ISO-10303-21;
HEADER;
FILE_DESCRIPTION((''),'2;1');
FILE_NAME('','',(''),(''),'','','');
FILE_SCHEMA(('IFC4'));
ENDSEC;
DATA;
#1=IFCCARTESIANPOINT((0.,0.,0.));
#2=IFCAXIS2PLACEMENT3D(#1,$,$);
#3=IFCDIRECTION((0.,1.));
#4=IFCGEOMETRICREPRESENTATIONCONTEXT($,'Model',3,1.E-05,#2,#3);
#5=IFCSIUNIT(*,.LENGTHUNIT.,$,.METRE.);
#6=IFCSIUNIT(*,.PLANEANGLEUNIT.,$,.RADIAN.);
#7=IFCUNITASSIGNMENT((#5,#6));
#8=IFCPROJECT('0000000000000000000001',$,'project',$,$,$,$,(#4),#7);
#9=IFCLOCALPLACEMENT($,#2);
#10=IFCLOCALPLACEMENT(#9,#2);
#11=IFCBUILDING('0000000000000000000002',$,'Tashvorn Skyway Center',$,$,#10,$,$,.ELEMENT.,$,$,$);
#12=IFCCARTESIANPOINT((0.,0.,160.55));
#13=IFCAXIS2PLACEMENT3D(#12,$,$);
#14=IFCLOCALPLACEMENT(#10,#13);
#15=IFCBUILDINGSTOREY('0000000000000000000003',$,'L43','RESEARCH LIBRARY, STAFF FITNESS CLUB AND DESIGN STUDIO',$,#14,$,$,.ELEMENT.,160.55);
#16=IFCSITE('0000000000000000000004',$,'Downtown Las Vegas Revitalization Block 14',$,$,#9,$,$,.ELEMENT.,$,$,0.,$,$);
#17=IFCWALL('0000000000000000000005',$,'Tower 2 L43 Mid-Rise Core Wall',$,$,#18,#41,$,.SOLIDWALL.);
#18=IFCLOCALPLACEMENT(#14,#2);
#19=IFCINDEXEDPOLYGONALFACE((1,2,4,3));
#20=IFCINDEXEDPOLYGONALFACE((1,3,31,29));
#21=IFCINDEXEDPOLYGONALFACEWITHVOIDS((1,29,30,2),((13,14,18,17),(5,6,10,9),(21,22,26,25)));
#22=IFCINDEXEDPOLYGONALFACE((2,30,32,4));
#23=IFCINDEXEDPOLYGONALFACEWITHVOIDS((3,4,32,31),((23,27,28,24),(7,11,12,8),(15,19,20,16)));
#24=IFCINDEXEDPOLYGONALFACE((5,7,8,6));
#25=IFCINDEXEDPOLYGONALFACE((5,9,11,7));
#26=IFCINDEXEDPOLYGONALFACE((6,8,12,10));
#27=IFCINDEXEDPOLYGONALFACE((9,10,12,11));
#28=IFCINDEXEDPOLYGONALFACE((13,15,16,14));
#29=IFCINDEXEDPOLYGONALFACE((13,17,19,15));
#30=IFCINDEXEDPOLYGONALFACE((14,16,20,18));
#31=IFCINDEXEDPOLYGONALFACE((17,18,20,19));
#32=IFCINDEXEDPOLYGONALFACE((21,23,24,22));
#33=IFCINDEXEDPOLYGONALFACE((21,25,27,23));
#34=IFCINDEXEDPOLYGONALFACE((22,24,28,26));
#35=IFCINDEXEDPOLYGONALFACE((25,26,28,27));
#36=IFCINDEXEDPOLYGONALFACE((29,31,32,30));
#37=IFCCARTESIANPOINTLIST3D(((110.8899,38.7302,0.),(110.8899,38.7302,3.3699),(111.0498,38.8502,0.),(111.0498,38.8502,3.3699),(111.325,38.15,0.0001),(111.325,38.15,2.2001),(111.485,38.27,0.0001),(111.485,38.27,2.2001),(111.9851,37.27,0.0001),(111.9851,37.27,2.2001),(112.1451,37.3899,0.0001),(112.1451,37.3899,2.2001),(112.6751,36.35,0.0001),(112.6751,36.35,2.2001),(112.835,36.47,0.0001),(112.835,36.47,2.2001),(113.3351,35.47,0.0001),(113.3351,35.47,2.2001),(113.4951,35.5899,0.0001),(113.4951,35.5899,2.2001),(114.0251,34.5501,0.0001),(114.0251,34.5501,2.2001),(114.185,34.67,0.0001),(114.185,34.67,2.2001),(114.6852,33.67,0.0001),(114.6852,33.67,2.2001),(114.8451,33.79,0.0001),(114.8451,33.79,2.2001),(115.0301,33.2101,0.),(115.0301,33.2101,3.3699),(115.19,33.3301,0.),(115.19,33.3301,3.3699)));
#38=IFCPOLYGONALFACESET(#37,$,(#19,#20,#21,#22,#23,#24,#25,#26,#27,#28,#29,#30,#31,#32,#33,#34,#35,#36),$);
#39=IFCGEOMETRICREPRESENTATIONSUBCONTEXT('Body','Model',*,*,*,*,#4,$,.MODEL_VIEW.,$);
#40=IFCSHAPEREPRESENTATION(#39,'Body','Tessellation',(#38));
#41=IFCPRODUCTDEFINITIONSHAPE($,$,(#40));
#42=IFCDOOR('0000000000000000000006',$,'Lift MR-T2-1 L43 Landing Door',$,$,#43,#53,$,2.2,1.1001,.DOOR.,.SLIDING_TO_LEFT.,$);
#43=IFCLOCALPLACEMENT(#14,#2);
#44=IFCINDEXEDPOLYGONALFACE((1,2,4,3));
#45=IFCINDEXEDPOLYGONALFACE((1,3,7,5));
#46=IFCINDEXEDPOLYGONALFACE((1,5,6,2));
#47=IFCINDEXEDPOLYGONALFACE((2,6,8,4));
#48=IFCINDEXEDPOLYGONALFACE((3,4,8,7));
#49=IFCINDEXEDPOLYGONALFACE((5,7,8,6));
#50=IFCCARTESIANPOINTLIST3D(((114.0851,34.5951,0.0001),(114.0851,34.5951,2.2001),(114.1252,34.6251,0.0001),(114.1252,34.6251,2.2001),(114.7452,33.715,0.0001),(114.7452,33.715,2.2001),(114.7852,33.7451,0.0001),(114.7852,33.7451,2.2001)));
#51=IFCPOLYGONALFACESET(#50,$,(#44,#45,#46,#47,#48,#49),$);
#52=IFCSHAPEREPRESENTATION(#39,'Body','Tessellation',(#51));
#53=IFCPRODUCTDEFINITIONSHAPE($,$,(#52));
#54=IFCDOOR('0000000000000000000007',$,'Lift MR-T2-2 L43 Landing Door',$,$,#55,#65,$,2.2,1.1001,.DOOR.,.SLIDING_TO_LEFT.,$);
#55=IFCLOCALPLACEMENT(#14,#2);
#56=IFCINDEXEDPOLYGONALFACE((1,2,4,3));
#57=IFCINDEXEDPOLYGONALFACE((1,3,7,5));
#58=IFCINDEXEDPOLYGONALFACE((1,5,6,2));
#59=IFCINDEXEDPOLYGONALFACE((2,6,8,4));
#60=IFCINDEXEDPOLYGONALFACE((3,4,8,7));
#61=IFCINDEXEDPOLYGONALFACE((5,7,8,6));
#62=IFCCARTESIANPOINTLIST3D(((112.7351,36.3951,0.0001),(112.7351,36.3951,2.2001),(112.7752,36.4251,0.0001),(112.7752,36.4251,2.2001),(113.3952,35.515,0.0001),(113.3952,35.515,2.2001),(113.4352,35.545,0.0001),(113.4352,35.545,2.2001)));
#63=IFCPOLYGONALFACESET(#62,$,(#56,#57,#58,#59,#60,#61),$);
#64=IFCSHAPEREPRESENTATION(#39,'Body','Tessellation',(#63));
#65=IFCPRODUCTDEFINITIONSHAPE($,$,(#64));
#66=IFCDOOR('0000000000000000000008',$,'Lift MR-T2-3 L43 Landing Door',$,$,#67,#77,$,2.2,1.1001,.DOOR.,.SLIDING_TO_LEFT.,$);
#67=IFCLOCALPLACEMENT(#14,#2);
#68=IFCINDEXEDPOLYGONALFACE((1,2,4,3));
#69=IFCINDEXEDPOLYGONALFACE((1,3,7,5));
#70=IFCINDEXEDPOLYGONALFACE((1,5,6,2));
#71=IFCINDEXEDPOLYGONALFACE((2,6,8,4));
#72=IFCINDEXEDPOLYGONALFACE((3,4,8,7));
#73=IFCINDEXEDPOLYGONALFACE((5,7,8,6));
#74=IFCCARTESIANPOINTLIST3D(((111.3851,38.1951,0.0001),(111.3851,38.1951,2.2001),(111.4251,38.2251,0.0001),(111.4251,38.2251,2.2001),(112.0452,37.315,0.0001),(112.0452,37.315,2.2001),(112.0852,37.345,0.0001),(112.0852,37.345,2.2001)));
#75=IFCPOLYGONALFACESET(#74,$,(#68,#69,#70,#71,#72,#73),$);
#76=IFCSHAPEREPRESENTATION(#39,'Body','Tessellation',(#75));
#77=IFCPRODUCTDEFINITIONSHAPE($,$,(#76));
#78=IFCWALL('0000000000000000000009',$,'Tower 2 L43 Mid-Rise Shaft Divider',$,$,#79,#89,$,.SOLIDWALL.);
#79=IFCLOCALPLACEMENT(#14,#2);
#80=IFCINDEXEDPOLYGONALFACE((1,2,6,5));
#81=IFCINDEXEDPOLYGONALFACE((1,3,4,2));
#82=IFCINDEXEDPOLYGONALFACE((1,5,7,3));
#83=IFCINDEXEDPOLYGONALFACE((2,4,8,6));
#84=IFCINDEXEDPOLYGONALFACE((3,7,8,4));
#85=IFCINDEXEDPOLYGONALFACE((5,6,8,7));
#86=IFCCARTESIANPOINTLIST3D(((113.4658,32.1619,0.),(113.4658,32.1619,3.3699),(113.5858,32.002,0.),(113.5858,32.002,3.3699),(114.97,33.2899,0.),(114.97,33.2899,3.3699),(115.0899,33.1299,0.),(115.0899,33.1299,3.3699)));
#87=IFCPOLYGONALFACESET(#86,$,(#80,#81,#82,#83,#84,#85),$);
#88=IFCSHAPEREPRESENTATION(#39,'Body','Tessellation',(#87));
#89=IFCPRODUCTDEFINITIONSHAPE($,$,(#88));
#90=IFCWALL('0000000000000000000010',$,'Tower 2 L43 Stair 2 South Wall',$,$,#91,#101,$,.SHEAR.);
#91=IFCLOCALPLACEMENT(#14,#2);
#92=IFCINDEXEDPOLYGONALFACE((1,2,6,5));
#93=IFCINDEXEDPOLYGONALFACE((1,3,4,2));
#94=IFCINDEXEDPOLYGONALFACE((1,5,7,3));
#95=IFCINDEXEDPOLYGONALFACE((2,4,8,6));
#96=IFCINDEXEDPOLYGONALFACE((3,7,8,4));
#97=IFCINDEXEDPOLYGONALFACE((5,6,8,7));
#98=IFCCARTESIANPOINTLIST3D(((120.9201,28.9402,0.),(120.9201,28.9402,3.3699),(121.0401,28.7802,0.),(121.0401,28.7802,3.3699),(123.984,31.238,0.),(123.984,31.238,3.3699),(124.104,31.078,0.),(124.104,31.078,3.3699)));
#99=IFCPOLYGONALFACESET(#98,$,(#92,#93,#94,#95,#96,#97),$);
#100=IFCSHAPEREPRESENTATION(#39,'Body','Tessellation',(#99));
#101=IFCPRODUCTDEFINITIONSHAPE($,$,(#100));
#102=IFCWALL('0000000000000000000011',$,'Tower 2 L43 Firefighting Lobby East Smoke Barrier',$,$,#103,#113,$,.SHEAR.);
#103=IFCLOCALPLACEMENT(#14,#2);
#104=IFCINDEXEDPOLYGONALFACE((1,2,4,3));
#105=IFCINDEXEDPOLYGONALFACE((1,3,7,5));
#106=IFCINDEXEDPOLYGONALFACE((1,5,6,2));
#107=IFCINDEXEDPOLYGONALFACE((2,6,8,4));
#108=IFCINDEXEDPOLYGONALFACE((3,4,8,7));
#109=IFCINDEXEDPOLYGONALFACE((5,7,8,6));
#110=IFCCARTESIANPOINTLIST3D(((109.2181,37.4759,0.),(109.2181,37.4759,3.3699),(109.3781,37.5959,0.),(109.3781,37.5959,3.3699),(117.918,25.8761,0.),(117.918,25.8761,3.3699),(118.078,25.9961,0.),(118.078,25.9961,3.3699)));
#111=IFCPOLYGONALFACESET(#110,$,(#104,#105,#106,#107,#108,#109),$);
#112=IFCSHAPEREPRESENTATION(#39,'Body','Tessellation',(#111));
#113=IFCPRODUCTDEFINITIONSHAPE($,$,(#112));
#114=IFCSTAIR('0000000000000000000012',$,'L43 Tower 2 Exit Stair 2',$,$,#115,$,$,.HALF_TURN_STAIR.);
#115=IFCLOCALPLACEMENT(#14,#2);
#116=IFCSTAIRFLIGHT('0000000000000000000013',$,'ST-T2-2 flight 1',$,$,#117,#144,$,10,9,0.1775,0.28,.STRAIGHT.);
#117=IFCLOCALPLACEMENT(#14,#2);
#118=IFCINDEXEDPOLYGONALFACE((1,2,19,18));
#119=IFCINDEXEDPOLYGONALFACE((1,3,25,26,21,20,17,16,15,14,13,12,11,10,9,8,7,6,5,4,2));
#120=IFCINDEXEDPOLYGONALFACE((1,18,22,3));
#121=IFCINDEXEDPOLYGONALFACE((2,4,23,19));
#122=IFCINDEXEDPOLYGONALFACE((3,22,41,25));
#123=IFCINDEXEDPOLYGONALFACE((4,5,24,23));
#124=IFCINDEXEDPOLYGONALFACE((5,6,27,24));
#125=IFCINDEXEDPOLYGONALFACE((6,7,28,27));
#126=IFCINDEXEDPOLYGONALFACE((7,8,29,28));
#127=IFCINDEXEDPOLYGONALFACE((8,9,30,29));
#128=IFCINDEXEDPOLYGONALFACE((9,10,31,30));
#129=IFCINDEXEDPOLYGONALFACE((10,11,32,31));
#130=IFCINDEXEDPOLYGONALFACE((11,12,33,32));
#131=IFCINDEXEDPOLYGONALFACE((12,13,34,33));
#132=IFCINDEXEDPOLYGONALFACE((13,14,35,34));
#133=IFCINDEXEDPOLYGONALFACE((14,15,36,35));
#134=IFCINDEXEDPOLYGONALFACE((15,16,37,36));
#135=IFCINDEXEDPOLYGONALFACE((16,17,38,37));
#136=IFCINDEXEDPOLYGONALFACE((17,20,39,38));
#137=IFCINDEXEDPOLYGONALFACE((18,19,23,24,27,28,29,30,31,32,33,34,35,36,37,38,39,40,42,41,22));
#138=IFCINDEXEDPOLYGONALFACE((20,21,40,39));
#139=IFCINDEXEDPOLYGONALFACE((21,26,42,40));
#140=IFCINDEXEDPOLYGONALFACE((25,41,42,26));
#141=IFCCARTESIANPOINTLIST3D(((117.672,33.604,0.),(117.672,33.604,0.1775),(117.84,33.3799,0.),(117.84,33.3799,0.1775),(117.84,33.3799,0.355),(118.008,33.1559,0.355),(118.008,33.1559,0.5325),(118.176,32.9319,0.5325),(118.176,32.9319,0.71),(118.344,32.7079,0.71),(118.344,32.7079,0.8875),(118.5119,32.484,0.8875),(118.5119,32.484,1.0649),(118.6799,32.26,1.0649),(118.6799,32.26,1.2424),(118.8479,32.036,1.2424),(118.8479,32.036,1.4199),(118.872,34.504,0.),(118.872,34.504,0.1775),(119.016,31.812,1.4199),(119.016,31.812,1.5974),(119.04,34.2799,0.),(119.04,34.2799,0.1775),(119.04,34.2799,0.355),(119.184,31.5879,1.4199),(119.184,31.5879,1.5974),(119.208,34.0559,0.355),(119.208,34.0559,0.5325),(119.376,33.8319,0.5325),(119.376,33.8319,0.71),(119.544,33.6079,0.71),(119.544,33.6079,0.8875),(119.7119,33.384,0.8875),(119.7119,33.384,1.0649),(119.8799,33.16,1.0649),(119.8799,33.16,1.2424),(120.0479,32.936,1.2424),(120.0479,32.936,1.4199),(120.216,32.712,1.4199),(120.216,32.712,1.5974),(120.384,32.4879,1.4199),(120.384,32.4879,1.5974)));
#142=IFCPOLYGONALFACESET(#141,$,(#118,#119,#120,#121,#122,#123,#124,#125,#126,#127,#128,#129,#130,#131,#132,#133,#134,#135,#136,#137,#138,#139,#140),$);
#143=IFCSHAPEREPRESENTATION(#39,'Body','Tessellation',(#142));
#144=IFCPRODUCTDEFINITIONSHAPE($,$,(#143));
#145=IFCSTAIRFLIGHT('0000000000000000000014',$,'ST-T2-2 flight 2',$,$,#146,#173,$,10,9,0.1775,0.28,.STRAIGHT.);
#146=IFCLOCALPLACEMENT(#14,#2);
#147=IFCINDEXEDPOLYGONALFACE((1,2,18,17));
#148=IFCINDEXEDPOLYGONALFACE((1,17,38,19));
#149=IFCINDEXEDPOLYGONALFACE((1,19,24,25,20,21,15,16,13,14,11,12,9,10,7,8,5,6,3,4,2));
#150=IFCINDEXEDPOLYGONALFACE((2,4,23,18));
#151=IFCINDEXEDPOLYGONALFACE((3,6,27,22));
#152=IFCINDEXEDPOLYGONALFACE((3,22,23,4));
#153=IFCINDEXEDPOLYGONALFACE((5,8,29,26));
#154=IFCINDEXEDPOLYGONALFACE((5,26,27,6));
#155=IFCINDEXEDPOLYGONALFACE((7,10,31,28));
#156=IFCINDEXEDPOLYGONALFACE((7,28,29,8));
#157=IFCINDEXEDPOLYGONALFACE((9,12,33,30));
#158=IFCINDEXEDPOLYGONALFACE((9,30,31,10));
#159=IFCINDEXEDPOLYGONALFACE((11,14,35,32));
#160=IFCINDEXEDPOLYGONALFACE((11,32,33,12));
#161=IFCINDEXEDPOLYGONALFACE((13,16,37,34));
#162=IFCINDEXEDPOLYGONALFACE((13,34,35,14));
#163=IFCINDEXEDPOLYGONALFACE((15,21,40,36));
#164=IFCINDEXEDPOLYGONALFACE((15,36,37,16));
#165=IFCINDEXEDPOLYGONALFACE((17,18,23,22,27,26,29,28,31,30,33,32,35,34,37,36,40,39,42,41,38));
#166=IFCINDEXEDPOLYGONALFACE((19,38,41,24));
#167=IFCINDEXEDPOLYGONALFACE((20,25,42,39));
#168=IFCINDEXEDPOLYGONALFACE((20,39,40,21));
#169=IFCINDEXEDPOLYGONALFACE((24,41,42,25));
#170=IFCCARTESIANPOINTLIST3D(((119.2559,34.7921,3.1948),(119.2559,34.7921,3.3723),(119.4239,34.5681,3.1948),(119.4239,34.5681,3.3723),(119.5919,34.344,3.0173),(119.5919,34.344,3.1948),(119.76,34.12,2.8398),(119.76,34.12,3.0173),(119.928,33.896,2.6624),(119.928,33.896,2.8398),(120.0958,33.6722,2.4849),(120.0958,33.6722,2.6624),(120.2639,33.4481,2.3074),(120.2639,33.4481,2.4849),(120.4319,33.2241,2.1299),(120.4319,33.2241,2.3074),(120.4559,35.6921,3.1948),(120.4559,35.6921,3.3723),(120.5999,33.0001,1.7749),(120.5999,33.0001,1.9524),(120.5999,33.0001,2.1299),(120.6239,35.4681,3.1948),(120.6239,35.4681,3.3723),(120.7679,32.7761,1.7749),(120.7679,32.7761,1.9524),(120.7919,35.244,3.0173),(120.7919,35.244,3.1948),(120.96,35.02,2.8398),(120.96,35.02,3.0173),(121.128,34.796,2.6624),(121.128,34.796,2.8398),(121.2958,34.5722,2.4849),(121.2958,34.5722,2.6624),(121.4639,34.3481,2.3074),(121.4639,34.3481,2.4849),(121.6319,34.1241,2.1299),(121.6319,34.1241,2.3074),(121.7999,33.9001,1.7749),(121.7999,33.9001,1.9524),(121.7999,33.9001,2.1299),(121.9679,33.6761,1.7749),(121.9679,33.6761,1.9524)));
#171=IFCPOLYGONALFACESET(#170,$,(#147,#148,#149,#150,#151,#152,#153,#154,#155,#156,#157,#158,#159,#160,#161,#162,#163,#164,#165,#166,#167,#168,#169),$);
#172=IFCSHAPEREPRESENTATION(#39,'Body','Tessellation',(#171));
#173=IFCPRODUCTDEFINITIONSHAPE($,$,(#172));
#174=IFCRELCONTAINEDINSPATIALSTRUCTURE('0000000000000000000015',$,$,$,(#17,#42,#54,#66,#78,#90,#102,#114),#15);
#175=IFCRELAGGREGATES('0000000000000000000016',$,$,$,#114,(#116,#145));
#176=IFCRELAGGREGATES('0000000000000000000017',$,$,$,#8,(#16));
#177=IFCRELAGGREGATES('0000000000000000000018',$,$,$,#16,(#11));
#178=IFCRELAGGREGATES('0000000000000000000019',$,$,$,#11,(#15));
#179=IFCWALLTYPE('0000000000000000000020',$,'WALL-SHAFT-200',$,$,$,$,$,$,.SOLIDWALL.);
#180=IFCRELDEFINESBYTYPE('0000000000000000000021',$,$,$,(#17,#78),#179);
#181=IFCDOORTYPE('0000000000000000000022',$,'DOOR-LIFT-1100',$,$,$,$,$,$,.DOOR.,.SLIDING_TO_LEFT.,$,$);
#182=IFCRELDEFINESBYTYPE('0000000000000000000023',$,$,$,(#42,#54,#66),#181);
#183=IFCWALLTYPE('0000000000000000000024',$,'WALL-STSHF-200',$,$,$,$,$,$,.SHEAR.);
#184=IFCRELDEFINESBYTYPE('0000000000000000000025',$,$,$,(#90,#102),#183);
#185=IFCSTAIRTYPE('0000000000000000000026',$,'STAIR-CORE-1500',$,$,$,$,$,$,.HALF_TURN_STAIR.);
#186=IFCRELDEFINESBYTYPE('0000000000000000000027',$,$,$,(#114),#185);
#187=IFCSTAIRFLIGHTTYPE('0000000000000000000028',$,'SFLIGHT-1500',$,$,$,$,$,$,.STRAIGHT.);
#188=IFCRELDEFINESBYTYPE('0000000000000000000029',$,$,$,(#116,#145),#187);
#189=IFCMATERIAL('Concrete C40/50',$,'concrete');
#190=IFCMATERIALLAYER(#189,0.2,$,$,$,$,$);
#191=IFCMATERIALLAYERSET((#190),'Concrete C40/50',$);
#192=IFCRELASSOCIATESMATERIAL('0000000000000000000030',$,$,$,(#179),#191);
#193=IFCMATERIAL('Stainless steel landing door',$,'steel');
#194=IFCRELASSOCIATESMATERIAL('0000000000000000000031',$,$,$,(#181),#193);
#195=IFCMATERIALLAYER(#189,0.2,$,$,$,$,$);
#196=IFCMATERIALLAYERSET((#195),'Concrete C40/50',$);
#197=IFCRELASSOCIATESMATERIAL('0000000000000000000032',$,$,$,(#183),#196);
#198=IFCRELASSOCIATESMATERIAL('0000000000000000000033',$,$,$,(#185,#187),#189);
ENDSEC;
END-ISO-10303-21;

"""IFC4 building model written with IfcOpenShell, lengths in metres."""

from ifc_helpers import new_model, si_unit, direction, frame, frame_2d, origin, place, context, subcontext, project, spatial, polyline, rectangle, outline, extrude, material, layer, layer_set, type_object, element, fill, aggregate, save


model = new_model("IFC4")

# Units and contexts
model_context = context("Model", 3, precision=1e-05, world=origin(), true_north=direction((0.0, 1.0)))
body_context = subcontext(model_context, "Body", "Model", "MODEL_VIEW")
ifc_project = project(units=[si_unit("LENGTHUNIT", "METRE"), si_unit("PLANEANGLEUNIT", "RADIAN")], contexts=[model_context])

# Site, building, storey
site_placement = place(None, origin())
site = spatial("IfcSite", under=ifc_project, at=site_placement, Name="Downtown Las Vegas Revitalization Block 14", CompositionType="ELEMENT", RefElevation=0.0)
building_placement = place(site_placement, origin())
building = spatial("IfcBuilding", under=site, at=building_placement, Name="Tashvorn Skyway Center", CompositionType="ELEMENT")
storey_placement = place(building_placement, frame((0.0, 0.0, 160.55)))
storey = spatial("IfcBuildingStorey", under=building, at=storey_placement, Name="L43", Description="RESEARCH LIBRARY, STAFF FITNESS CLUB AND DESIGN STUDIO", CompositionType="ELEMENT", Elevation=160.55)

# Shared definitions
ifc_material_1 = material(Name="Concrete C40/50", Category="concrete")

# Wall, openings, doors
ifc_layer_1 = layer(ifc_material_1, 0.2)
ifc_layer_set_1 = layer_set([ifc_layer_1], Name="Concrete C40/50")
wall_type_1 = type_object("IfcWallType", Name="WALL-SHAFT-200", PredefinedType="SOLIDWALL", material=ifc_layer_set_1)
wall_1_placement = place(storey_placement, frame((115.1101, 33.27, 0.0), z_axis=(0.0, 0.0, 1.0), x_axis=(-0.600011, 0.799992, 0.0)))
wall_1 = element("IfcWall", 1, at=wall_1_placement, inside=storey, type_object=wall_type_1, Name="Tower 2 L43 Mid-Rise Core Wall", PredefinedType="SOLIDWALL", context=body_context, shape_type="SweptSolid", body=[
    extrude(rectangle(XDim=6.9001, YDim=0.2, at=frame_2d((3.4502, 0.0))), origin(), (0.0, 0.0, 1.0), 3.3699),
])
opening_1_placement = place(wall_1_placement, frame((0.575, 0.0, 0.0)))
opening_1 = element("IfcOpeningElement", 2, at=opening_1_placement, cuts=wall_1, PredefinedType="OPENING", context=body_context, shape_type="SweptSolid", body=[
    extrude(rectangle(XDim=1.1001, YDim=2.2, at=frame_2d((0.55, 1.1001))), frame((0.0, 0.1099, 0.0), z_axis=(0.0, -1.0, 0.0), x_axis=(1.0, 0.0, 0.0)), (0.0, 0.0, 1.0), 0.22),
])
opening_2_placement = place(wall_1_placement, frame((2.825, 0.0, 0.0)))
opening_2 = element("IfcOpeningElement", 3, at=opening_2_placement, cuts=wall_1, PredefinedType="OPENING", context=body_context, shape_type="SweptSolid", body=[
    extrude(rectangle(XDim=1.1001, YDim=2.2, at=frame_2d((0.55, 1.1001))), frame((0.0, 0.1099, 0.0), z_axis=(0.0, -1.0, 0.0), x_axis=(1.0, 0.0, 0.0)), (0.0, 0.0, 1.0), 0.22),
])
opening_3_placement = place(wall_1_placement, frame((5.075, 0.0, 0.0)))
opening_3 = element("IfcOpeningElement", 4, at=opening_3_placement, cuts=wall_1, PredefinedType="OPENING", context=body_context, shape_type="SweptSolid", body=[
    extrude(rectangle(XDim=1.1001, YDim=2.2, at=frame_2d((0.55, 1.1001))), frame((0.0, 0.1099, 0.0), z_axis=(0.0, -1.0, 0.0), x_axis=(1.0, 0.0, 0.0)), (0.0, 0.0, 1.0), 0.22),
])
ifc_material_2 = material(Name="Stainless steel landing door", Category="steel")
door_type_1 = type_object("IfcDoorType", Name="DOOR-LIFT-1100", OperationType="SLIDING_TO_LEFT", PredefinedType="DOOR", material=ifc_material_2)
door_1_placement = place(opening_1_placement, origin())
door_1 = element("IfcDoor", 5, at=door_1_placement, inside=storey, type_object=door_type_1, Name="Lift MR-T2-1 L43 Landing Door", OperationType="SLIDING_TO_LEFT", OverallHeight=2.2, OverallWidth=1.1001, PredefinedType="DOOR", context=body_context, shape_type="SweptSolid", body=[
    extrude(rectangle(XDim=1.1001, YDim=2.2, at=frame_2d((0.55, 1.1001))), frame((0.0, 0.0249, 0.0), z_axis=(0.0, -1.0, 0.0), x_axis=(1.0, 0.0, 0.0)), (0.0, 0.0, 1.0), 0.05),
])
fill(opening_1, door_1)
door_2_placement = place(opening_2_placement, origin())
door_2 = element("IfcDoor", 6, at=door_2_placement, inside=storey, type_object=door_type_1, Name="Lift MR-T2-2 L43 Landing Door", OperationType="SLIDING_TO_LEFT", OverallHeight=2.2, OverallWidth=1.1001, PredefinedType="DOOR", context=body_context, shape_type="SweptSolid", body=[
    extrude(rectangle(XDim=1.1001, YDim=2.2, at=frame_2d((0.55, 1.1001))), frame((0.0, 0.0249, 0.0), z_axis=(0.0, -1.0, 0.0), x_axis=(1.0, 0.0, 0.0)), (0.0, 0.0, 1.0), 0.05),
])
fill(opening_2, door_2)
door_3_placement = place(opening_3_placement, origin())
door_3 = element("IfcDoor", 7, at=door_3_placement, inside=storey, type_object=door_type_1, Name="Lift MR-T2-3 L43 Landing Door", OperationType="SLIDING_TO_LEFT", OverallHeight=2.2, OverallWidth=1.1001, PredefinedType="DOOR", context=body_context, shape_type="SweptSolid", body=[
    extrude(rectangle(XDim=1.1001, YDim=2.2, at=frame_2d((0.55, 1.1001))), frame((0.0, 0.0249, 0.0), z_axis=(0.0, -1.0, 0.0), x_axis=(1.0, 0.0, 0.0)), (0.0, 0.0, 1.0), 0.05),
])
fill(opening_3, door_3)

# Walls
wall_2_placement = place(storey_placement, frame((113.5259, 32.082, 0.0), z_axis=(0.0, 0.0, 1.0), x_axis=(0.800047, 0.599938, 0.0)))
element("IfcWall", 8, at=wall_2_placement, inside=storey, type_object=wall_type_1, Name="Tower 2 L43 Mid-Rise Shaft Divider", PredefinedType="SOLIDWALL", context=body_context, shape_type="SweptSolid", body=[
    extrude(rectangle(XDim=1.8801, YDim=0.2, at=frame_2d((0.9399, 0.0))), origin(), (0.0, 0.0, 1.0), 3.3699),
])
ifc_layer_2 = layer(ifc_material_1, 0.2)
ifc_layer_set_2 = layer_set([ifc_layer_2], Name="Concrete C40/50")
wall_type_2 = type_object("IfcWallType", Name="WALL-STSHF-200", PredefinedType="SHEAR", material=ifc_layer_set_2)
wall_3_placement = place(storey_placement, frame((120.98, 28.8601, 0.0), z_axis=(0.0, 0.0, 1.0), x_axis=(0.800015, 0.59998, 0.0)))
element("IfcWall", 9, at=wall_3_placement, inside=storey, type_object=wall_type_2, Name="Tower 2 L43 Stair 2 South Wall", PredefinedType="SHEAR", context=body_context, shape_type="SweptSolid", body=[
    extrude(rectangle(XDim=3.8298, YDim=0.2, at=frame_2d((1.915, 0.0))), origin(), (0.0, 0.0, 1.0), 3.3699),
])
wall_4_placement = place(storey_placement, frame((117.998, 25.936, 0.0), z_axis=(0.0, 0.0, 1.0), x_axis=(-0.600003, 0.799998, 0.0)))
element("IfcWall", 10, at=wall_4_placement, inside=storey, type_object=wall_type_2, Name="Tower 2 L43 Firefighting Lobby East Smoke Barrier", PredefinedType="SHEAR", context=body_context, shape_type="SweptSolid", body=[
    extrude(rectangle(XDim=14.4998, YDim=0.2, at=frame_2d((7.25, 0.0))), origin(), (0.0, 0.0, 1.0), 3.3699),
])

# Stair, stair flights
stair_type = type_object("IfcStairType", Name="STAIR-CORE-1500", PredefinedType="HALF_TURN_STAIR", material=ifc_material_1)
stair_placement = place(storey_placement, origin())
stair = element("IfcStair", 11, at=stair_placement, inside=storey, type_object=stair_type, Name="L43 Tower 2 Exit Stair 2", PredefinedType="HALF_TURN_STAIR")
stair_flight_type = type_object("IfcStairFlightType", Name="SFLIGHT-1500", PredefinedType="STRAIGHT", material=ifc_material_1)
stair_flight_1_placement = place(storey_placement, frame((118.272, 34.054, 0.0), z_axis=(0.0, 0.0, 1.0), x_axis=(0.6, -0.8, 0.0)))
stair_flight_1 = element("IfcStairFlight", 12, at=stair_flight_1_placement, type_object=stair_flight_type, Name="ST-T2-2 flight 1", NumberOfRisers=10, NumberOfTreads=9, PredefinedType="STRAIGHT", RiserHeight=0.1775, TreadLength=0.28, context=body_context, shape_type="SweptSolid", body=[
    extrude(outline(polyline([(0.0, 0.0), (0.0, 0.1775), (0.28, 0.1775), (0.28, 0.355), (0.5601, 0.355), (0.5601, 0.5325), (0.8401, 0.5325), (0.8401, 0.71), (1.1201, 0.71), (1.1201, 0.8875), (1.3999, 0.8875), (1.3999, 1.0649), (1.6799, 1.0649), (1.6799, 1.2424), (1.96, 1.2424), (1.96, 1.4199), (2.24, 1.4199), (2.24, 1.5974), (2.52, 1.5974), (2.52, 1.7749), (2.52, 1.4199), (0.28, 0.0), (0.0, 0.0)])), frame((0.0, 0.75, 0.0), z_axis=(0.0, -1.0, 0.0), x_axis=(1.0, 0.0, 0.0)), (0.0, 0.0, 1.0), 1.5),
])
stair_flight_2_placement = place(storey_placement, frame((121.3679, 33.2261, 1.7749), z_axis=(0.0, 0.0, 1.0), x_axis=(-0.6, 0.8, 0.0)))
stair_flight_2 = element("IfcStairFlight", 13, at=stair_flight_2_placement, type_object=stair_flight_type, Name="ST-T2-2 flight 2", NumberOfRisers=10, NumberOfTreads=9, PredefinedType="STRAIGHT", RiserHeight=0.1775, TreadLength=0.28, context=body_context, shape_type="SweptSolid", body=[
    extrude(outline(polyline([(0.0, 0.0), (0.0, 0.1775), (0.28, 0.1775), (0.28, 0.355), (0.5601, 0.355), (0.5601, 0.5325), (0.8401, 0.5325), (0.8401, 0.71), (1.1201, 0.71), (1.1201, 0.8875), (1.3999, 0.8875), (1.3999, 1.0649), (1.6799, 1.0649), (1.6799, 1.2424), (1.96, 1.2424), (1.96, 1.4199), (2.24, 1.4199), (2.24, 1.5974), (2.52, 1.5974), (2.52, 1.7749), (2.52, 1.4199), (0.28, 0.0), (0.0, 0.0)])), frame((0.0, 0.75, 0.0), z_axis=(0.0, -1.0, 0.0), x_axis=(1.0, 0.0, 0.0)), (0.0, 0.0, 1.0), 1.5),
])
aggregate(stair, [stair_flight_1, stair_flight_2])

save(model, "model.ifc")
